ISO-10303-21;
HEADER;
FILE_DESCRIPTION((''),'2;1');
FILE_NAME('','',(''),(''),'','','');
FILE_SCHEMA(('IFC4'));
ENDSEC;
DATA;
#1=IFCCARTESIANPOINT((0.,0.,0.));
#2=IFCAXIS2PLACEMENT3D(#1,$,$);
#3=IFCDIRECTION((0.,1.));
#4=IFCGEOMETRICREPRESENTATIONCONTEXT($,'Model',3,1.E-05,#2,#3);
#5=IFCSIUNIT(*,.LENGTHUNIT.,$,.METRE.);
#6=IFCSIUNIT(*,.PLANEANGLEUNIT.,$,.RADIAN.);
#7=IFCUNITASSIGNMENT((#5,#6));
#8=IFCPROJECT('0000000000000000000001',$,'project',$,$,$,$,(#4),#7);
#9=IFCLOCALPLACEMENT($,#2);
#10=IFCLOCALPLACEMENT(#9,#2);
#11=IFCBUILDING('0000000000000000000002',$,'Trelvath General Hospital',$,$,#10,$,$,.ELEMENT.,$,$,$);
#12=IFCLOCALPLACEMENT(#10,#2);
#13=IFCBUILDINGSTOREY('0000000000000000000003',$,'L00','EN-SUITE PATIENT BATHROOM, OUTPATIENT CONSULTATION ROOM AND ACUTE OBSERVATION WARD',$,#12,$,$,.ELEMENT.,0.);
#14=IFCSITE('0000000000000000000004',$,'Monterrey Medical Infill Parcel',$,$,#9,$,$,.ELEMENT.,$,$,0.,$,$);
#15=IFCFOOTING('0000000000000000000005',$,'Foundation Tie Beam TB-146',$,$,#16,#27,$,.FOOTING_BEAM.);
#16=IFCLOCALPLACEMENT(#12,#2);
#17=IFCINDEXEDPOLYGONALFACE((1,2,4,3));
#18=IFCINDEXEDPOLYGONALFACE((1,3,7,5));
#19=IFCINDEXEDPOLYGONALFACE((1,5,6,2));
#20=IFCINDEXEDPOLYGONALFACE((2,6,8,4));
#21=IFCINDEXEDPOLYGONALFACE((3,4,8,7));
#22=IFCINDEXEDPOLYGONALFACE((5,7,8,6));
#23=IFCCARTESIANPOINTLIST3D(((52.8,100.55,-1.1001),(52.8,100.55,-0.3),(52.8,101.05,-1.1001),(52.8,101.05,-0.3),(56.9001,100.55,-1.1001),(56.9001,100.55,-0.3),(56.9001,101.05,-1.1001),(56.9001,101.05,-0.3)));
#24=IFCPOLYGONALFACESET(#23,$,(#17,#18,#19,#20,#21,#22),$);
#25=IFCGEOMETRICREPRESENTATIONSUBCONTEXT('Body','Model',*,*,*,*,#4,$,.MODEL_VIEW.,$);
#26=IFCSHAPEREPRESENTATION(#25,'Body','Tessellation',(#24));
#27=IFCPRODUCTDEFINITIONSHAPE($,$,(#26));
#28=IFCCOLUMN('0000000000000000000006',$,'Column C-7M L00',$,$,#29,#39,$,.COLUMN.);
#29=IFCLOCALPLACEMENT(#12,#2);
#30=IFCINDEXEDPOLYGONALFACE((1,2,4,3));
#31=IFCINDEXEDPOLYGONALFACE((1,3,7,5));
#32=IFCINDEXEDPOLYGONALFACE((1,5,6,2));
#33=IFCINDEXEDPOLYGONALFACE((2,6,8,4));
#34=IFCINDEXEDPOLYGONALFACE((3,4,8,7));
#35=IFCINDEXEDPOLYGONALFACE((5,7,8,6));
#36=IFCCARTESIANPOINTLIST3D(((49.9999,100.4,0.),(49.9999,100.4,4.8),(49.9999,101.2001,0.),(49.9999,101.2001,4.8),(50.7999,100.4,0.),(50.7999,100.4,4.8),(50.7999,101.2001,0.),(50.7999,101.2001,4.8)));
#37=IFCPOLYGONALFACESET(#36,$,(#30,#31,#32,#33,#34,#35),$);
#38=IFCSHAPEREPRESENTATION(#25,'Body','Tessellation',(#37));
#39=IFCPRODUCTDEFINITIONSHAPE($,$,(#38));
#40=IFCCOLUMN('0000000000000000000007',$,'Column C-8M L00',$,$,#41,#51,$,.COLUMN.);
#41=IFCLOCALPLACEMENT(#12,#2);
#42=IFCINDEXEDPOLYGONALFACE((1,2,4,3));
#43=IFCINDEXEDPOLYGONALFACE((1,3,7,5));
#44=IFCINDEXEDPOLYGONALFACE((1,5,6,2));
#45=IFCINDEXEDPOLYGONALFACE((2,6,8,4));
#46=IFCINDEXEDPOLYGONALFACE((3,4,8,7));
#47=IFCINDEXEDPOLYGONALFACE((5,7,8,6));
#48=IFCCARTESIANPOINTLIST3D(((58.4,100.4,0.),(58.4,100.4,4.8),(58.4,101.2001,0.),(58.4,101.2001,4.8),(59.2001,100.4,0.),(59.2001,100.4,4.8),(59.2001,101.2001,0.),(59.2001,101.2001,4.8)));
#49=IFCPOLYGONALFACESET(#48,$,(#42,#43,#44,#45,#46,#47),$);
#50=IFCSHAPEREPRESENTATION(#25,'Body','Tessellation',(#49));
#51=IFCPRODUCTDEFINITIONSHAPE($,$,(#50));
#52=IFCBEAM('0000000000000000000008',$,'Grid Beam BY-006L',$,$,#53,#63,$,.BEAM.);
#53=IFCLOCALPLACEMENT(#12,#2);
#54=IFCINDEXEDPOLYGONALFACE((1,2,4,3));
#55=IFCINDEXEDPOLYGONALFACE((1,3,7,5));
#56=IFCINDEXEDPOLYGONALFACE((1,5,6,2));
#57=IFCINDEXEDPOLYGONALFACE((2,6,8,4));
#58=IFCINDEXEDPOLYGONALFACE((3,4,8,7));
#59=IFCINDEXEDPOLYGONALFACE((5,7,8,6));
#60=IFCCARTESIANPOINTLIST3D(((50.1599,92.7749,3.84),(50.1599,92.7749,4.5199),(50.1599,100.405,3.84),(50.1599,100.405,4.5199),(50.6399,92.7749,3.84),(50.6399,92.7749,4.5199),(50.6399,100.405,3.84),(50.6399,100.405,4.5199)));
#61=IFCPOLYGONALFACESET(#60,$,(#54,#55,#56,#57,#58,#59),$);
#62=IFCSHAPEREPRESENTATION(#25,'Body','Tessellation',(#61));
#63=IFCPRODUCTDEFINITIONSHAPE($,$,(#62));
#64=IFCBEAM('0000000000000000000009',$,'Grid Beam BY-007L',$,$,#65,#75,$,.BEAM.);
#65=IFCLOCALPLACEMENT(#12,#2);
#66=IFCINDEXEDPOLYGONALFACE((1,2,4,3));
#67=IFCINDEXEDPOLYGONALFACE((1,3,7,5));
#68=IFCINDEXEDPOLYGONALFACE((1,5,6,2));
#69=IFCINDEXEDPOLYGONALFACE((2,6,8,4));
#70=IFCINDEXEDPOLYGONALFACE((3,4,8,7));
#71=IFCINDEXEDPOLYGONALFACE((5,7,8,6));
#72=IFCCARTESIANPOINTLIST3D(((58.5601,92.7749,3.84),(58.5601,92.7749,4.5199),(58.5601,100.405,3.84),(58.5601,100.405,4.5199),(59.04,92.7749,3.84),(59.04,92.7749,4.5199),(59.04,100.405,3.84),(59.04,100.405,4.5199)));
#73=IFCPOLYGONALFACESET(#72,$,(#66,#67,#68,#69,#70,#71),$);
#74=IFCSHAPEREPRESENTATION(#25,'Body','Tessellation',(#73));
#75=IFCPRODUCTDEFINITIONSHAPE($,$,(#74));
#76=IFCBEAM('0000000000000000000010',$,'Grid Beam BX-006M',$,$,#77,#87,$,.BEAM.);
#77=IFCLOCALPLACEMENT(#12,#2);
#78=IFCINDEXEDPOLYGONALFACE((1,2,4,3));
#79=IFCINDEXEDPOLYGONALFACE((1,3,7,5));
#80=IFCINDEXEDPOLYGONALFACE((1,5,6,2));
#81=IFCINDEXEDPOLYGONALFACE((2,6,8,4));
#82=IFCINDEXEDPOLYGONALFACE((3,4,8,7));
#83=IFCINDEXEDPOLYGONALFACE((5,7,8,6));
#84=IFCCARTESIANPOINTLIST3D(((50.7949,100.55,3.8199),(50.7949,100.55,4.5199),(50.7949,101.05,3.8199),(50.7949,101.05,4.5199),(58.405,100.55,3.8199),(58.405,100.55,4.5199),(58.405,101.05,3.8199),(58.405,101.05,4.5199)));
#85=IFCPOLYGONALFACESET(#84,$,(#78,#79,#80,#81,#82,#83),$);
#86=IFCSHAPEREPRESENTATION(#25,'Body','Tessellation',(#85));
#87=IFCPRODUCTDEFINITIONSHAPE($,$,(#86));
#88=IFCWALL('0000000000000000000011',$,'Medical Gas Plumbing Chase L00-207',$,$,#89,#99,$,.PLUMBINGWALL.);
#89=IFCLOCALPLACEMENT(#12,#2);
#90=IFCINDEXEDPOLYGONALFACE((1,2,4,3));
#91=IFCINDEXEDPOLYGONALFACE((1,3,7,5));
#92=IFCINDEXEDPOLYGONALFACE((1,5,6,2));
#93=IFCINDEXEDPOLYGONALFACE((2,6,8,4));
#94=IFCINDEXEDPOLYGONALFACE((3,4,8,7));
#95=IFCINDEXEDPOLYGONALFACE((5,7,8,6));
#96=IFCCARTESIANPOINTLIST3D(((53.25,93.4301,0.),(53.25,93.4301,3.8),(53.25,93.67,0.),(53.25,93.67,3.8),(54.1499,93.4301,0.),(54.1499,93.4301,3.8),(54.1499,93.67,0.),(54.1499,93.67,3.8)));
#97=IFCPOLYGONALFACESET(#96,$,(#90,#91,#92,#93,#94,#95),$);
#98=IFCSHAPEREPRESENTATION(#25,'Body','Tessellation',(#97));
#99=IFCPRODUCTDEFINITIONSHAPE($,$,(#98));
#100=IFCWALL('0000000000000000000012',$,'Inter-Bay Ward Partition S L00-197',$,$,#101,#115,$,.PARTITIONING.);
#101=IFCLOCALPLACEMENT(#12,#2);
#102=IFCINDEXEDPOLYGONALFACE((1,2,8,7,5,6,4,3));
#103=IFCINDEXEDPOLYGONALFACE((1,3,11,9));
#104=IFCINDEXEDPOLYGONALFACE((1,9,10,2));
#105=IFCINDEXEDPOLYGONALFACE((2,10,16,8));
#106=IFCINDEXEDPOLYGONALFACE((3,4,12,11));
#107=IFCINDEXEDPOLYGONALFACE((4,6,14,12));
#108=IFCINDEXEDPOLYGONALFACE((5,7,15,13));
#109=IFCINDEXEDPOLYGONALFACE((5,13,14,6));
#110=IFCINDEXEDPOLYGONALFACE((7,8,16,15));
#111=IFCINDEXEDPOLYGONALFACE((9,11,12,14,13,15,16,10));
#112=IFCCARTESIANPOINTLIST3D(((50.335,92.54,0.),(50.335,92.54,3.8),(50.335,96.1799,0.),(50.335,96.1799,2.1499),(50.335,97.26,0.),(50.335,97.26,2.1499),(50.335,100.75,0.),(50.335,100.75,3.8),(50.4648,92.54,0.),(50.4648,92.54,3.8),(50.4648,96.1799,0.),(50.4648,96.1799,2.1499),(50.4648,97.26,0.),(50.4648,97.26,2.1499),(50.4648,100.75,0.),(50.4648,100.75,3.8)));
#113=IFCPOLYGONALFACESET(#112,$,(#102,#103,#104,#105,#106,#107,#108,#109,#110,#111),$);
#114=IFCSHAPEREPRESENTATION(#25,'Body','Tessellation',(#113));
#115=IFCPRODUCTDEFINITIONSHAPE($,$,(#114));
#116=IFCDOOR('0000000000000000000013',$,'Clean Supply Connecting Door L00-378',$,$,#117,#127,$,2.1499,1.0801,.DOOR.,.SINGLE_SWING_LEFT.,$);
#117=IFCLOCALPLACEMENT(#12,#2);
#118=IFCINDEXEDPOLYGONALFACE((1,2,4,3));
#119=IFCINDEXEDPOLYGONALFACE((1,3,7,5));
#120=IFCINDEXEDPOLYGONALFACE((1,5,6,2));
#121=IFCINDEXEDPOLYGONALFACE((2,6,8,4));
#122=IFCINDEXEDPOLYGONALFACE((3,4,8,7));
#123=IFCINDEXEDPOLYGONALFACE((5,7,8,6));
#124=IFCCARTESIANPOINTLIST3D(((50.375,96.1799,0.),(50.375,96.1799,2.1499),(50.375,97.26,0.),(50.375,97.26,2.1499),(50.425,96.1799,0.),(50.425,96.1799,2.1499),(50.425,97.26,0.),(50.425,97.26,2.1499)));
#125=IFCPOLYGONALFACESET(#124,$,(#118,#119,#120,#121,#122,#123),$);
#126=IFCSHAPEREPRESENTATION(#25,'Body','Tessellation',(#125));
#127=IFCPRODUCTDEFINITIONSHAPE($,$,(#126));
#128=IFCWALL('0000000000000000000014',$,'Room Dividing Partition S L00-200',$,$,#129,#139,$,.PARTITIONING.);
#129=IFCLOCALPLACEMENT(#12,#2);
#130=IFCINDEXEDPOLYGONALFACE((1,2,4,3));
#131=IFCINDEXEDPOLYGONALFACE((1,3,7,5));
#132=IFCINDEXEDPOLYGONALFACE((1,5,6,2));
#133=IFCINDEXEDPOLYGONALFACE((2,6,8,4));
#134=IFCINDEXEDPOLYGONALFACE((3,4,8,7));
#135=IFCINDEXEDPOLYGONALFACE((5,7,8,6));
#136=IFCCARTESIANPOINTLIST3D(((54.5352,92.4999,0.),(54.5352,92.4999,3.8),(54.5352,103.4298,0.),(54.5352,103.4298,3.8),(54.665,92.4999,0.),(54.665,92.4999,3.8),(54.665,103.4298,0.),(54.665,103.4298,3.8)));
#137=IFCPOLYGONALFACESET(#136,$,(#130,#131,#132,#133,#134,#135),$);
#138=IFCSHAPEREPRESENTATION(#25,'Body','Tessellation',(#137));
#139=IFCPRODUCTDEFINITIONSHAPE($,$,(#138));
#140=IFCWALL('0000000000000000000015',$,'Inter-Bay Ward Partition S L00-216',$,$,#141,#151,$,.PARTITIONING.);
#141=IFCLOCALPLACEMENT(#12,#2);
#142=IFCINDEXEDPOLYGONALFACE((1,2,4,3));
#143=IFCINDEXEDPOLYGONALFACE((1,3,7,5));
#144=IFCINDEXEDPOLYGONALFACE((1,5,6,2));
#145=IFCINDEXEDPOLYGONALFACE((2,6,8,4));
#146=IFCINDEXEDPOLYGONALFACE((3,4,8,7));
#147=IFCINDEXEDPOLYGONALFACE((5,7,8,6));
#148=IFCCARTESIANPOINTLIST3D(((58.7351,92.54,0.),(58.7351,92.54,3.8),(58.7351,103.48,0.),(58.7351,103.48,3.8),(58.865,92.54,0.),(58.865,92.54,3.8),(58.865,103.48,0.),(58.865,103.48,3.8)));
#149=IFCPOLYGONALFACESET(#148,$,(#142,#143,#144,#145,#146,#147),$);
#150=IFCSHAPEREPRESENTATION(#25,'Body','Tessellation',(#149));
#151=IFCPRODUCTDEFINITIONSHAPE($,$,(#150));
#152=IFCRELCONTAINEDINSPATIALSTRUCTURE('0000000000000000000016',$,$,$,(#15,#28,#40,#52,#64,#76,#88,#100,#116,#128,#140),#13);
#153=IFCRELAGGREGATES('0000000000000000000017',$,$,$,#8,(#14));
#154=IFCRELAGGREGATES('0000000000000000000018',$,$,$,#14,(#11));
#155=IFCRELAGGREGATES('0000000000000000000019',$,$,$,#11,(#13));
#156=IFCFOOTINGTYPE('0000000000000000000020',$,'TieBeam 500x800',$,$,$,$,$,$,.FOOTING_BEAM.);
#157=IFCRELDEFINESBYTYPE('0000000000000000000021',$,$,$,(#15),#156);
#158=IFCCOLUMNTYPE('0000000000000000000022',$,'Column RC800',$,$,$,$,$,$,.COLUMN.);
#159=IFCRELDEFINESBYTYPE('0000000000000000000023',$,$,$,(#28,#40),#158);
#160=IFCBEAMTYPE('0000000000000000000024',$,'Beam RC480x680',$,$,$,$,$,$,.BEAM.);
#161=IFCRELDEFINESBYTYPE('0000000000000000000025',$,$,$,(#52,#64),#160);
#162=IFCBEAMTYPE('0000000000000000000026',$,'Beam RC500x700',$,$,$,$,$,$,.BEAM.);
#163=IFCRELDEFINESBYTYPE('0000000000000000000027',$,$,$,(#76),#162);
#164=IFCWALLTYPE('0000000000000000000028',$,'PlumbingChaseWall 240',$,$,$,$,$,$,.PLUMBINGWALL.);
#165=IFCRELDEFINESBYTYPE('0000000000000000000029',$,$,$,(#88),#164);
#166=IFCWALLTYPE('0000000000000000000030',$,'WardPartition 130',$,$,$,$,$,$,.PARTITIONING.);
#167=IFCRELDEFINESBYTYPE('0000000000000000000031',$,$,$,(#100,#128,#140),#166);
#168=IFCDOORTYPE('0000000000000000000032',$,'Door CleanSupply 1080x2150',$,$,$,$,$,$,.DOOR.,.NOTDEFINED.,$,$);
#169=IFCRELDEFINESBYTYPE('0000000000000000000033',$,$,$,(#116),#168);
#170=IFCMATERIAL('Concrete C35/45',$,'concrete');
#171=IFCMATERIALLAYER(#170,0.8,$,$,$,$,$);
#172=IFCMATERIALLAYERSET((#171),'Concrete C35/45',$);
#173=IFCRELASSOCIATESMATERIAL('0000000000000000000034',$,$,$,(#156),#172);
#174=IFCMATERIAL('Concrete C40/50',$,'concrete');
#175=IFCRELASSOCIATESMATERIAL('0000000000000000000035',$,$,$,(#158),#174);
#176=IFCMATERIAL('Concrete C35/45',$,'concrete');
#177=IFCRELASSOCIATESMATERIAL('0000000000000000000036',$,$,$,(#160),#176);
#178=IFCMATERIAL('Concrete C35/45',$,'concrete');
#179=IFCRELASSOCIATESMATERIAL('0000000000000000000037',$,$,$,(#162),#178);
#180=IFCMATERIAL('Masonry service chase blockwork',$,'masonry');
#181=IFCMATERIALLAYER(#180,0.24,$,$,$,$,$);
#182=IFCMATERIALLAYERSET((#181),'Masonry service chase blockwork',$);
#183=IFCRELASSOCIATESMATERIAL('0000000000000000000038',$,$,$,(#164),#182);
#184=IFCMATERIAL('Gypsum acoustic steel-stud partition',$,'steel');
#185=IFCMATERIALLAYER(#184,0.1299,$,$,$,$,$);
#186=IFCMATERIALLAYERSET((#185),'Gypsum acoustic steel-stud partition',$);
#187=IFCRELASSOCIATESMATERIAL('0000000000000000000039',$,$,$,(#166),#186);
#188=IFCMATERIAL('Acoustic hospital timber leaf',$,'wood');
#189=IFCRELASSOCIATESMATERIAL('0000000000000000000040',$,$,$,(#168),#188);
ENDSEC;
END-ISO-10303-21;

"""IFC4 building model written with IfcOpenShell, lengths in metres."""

from ifc_helpers import new_model, si_unit, direction, frame, frame_2d, origin, origin_2d, place, context, subcontext, project, spatial, rectangle, extrude, material, layer, layer_set, material_profile, profile_set, type_object, element, fill, save


model = new_model("IFC4")

# Units and contexts
model_context = context("Model", 3, precision=1e-05, world=origin(), true_north=direction((0.0, 1.0)))
body_context = subcontext(model_context, "Body", "Model", "MODEL_VIEW")
ifc_project = project(units=[si_unit("LENGTHUNIT", "METRE"), si_unit("PLANEANGLEUNIT", "RADIAN")], contexts=[model_context])

# Site, building, storey
site_placement = place(None, origin())
site = spatial("IfcSite", under=ifc_project, at=site_placement, Name="Monterrey Medical Infill Parcel", CompositionType="ELEMENT", RefElevation=0.0)
building_placement = place(site_placement, origin())
building = spatial("IfcBuilding", under=site, at=building_placement, Name="Trelvath General Hospital", CompositionType="ELEMENT")
storey_placement = place(building_placement, origin())
storey = spatial("IfcBuildingStorey", under=building, at=storey_placement, Name="L00", Description="EN-SUITE PATIENT BATHROOM, OUTPATIENT CONSULTATION ROOM AND ACUTE OBSERVATION WARD", CompositionType="ELEMENT", Elevation=0.0)

# Footing
ifc_material_1 = material(Name="Concrete C35/45", Category="concrete")
ifc_layer_1 = layer(ifc_material_1, 0.8)
ifc_layer_set_1 = layer_set([ifc_layer_1], Name="Concrete C35/45")
footing_type_1 = type_object("IfcFootingType", Name="TieBeam 500x800", PredefinedType="FOOTING_BEAM", material=ifc_layer_set_1)
footing_1_placement = place(storey_placement, frame((54.8501, 100.8, -1.1001), z_axis=(0.0, 0.0, 1.0), x_axis=(1.0, 0.0, 0.0)))
element("IfcFooting", 1, at=footing_1_placement, inside=storey, type_object=footing_type_1, Name="Foundation Tie Beam TB-146", PredefinedType="FOOTING_BEAM", context=body_context, shape_type="SweptSolid", body=[
    extrude(rectangle(XDim=4.1001, YDim=0.5, at=origin_2d()), origin(), (0.0, 0.0, 1.0), 0.8),
])

# Columns
ifc_material_2 = material(Name="Concrete C40/50", Category="concrete")
ifc_material_profile_1 = material_profile(ifc_material_2, rectangle(XDim=0.8, YDim=0.8, at=origin_2d()), Name="RC800x800")
ifc_profile_set_1 = profile_set([ifc_material_profile_1], Name="Concrete C40/50")
column_type = type_object("IfcColumnType", Name="Column RC800", PredefinedType="COLUMN", material=ifc_profile_set_1)
for number, where, z_axis, x_axis, name in (
    (2, (50.3999, 100.8, 0.0), (0.0, 0.0, 1.0), (1.0, 0.0, 0.0), "Column C-7M L00"),
    (3, (58.8, 100.8, 0.0), (0.0, 0.0, 1.0), (1.0, 0.0, 0.0), "Column C-8M L00"),
):
    element("IfcColumn", number, at=place(storey_placement, frame(where, z_axis=z_axis, x_axis=x_axis)), inside=storey, type_object=column_type, Name=name, PredefinedType="COLUMN", context=body_context, shape_type="SweptSolid", body=[
        extrude(rectangle(XDim=0.8, YDim=0.8, at=origin_2d()), origin(), (0.0, 0.0, 1.0), 4.8),
    ])

# Beams
ifc_material_3 = material(Name="Concrete C35/45", Category="concrete")
ifc_material_profile_2 = material_profile(ifc_material_3, rectangle(XDim=0.48, YDim=0.6799, at=origin_2d()), Name="RCB480x680")
ifc_profile_set_2 = profile_set([ifc_material_profile_2], Name="Concrete C35/45")
beam_type_1 = type_object("IfcBeamType", Name="Beam RC480x680", PredefinedType="BEAM", material=ifc_profile_set_2)
for number, where, z_axis, x_axis, name in (
    (4, (50.3999, 92.7749, 4.1799), (0.0, 1.0, 0.0), (-1.0, 0.0, 0.0), "Grid Beam BY-006L"),
    (5, (58.8, 92.7749, 4.1799), (0.0, 1.0, 0.0), (-1.0, 0.0, 0.0), "Grid Beam BY-007L"),
):
    element("IfcBeam", number, at=place(storey_placement, frame(where, z_axis=z_axis, x_axis=x_axis)), inside=storey, type_object=beam_type_1, Name=name, PredefinedType="BEAM", context=body_context, shape_type="SweptSolid", body=[
        extrude(rectangle(XDim=0.48, YDim=0.6799, at=origin_2d()), origin(), (0.0, 0.0, 1.0), 7.6301),
    ])
ifc_material_4 = material(Name="Concrete C35/45", Category="concrete")
ifc_material_profile_3 = material_profile(ifc_material_4, rectangle(XDim=0.5, YDim=0.7, at=origin_2d()), Name="RCB500x700")
ifc_profile_set_3 = profile_set([ifc_material_profile_3], Name="Concrete C35/45")
beam_type_2 = type_object("IfcBeamType", Name="Beam RC500x700", PredefinedType="BEAM", material=ifc_profile_set_3)
beam_placement = place(storey_placement, frame((50.7949, 100.8, 4.1699), z_axis=(1.0, 0.0, 0.0), x_axis=(0.0, 1.0, 0.0)))
element("IfcBeam", 6, at=beam_placement, inside=storey, type_object=beam_type_2, Name="Grid Beam BX-006M", PredefinedType="BEAM", context=body_context, shape_type="SweptSolid", body=[
    extrude(rectangle(XDim=0.5, YDim=0.7, at=origin_2d()), origin(), (0.0, 0.0, 1.0), 7.6101),
])

# Wall
ifc_material_5 = material(Name="Masonry service chase blockwork", Category="masonry")
ifc_layer_2 = layer(ifc_material_5, 0.24)
ifc_layer_set_2 = layer_set([ifc_layer_2], Name="Masonry service chase blockwork")
wall_type_1 = type_object("IfcWallType", Name="PlumbingChaseWall 240", PredefinedType="PLUMBINGWALL", material=ifc_layer_set_2)
wall_1_placement = place(storey_placement, frame((53.25, 93.55, 0.0), z_axis=(0.0, 0.0, 1.0), x_axis=(1.0, 0.0, 0.0)))
element("IfcWall", 7, at=wall_1_placement, inside=storey, type_object=wall_type_1, Name="Medical Gas Plumbing Chase L00-207", PredefinedType="PLUMBINGWALL", context=body_context, shape_type="SweptSolid", body=[
    extrude(rectangle(XDim=0.8999, YDim=0.24, at=frame_2d((0.45, 0.0))), origin(), (0.0, 0.0, 1.0), 3.8),
])

# Wall, opening, door
ifc_material_6 = material(Name="Gypsum acoustic steel-stud partition", Category="steel")
ifc_layer_3 = layer(ifc_material_6, 0.1299)
ifc_layer_set_3 = layer_set([ifc_layer_3], Name="Gypsum acoustic steel-stud partition")
wall_type_2 = type_object("IfcWallType", Name="WardPartition 130", PredefinedType="PARTITIONING", material=ifc_layer_set_3)
wall_2_placement = place(storey_placement, frame((50.3999, 92.54, 0.0), z_axis=(0.0, 0.0, 1.0), x_axis=(0.0, 1.0, 0.0)))
wall_2 = element("IfcWall", 8, at=wall_2_placement, inside=storey, type_object=wall_type_2, Name="Inter-Bay Ward Partition S L00-197", PredefinedType="PARTITIONING", context=body_context, shape_type="SweptSolid", body=[
    extrude(rectangle(XDim=8.21, YDim=0.1299, at=frame_2d((4.105, 0.0))), origin(), (0.0, 0.0, 1.0), 3.8),
])
opening_placement = place(wall_2_placement, frame((3.6399, 0.0, 0.0)))
opening = element("IfcOpeningElement", 9, at=opening_placement, cuts=wall_2, PredefinedType="OPENING", context=body_context, shape_type="SweptSolid", body=[
    extrude(rectangle(XDim=1.0801, YDim=2.1499, at=frame_2d((0.54, 1.075))), frame((0.0, 0.075, 0.0), z_axis=(0.0, -1.0, 0.0), x_axis=(1.0, 0.0, 0.0)), (0.0, 0.0, 1.0), 0.1499),
])
ifc_material_7 = material(Name="Acoustic hospital timber leaf", Category="wood")
door_type = type_object("IfcDoorType", Name="Door CleanSupply 1080x2150", OperationType="NOTDEFINED", PredefinedType="DOOR", material=ifc_material_7)
door_placement = place(opening_placement, origin())
door = element("IfcDoor", 10, at=door_placement, inside=storey, type_object=door_type, Name="Clean Supply Connecting Door L00-378", OperationType="SINGLE_SWING_LEFT", OverallHeight=2.1499, OverallWidth=1.0801, PredefinedType="DOOR", context=body_context, shape_type="SweptSolid", body=[
    extrude(rectangle(XDim=1.0801, YDim=2.1499, at=frame_2d((0.54, 1.075))), frame((0.0, 0.0249, 0.0), z_axis=(0.0, -1.0, 0.0), x_axis=(1.0, 0.0, 0.0)), (0.0, 0.0, 1.0), 0.05),
])
fill(opening, door)

# Walls
wall_3_placement = place(storey_placement, frame((54.6001, 92.5, 0.0), z_axis=(0.0, 0.0, 1.0), x_axis=(0.0, 1.0, 0.0)))
element("IfcWall", 11, at=wall_3_placement, inside=storey, type_object=wall_type_2, Name="Room Dividing Partition S L00-200", PredefinedType="PARTITIONING", context=body_context, shape_type="SweptSolid", body=[
    extrude(rectangle(XDim=10.9299, YDim=0.1299, at=frame_2d((5.4648, 0.0))), origin(), (0.0, 0.0, 1.0), 3.8),
])
wall_4_placement = place(storey_placement, frame((58.8, 92.54, 0.0), z_axis=(0.0, 0.0, 1.0), x_axis=(0.0, 1.0, 0.0)))
element("IfcWall", 12, at=wall_4_placement, inside=storey, type_object=wall_type_2, Name="Inter-Bay Ward Partition S L00-216", PredefinedType="PARTITIONING", context=body_context, shape_type="SweptSolid", body=[
    extrude(rectangle(XDim=10.9399, YDim=0.1299, at=frame_2d((5.47, 0.0))), origin(), (0.0, 0.0, 1.0), 3.8),
])

save(model, "model.ifc")
